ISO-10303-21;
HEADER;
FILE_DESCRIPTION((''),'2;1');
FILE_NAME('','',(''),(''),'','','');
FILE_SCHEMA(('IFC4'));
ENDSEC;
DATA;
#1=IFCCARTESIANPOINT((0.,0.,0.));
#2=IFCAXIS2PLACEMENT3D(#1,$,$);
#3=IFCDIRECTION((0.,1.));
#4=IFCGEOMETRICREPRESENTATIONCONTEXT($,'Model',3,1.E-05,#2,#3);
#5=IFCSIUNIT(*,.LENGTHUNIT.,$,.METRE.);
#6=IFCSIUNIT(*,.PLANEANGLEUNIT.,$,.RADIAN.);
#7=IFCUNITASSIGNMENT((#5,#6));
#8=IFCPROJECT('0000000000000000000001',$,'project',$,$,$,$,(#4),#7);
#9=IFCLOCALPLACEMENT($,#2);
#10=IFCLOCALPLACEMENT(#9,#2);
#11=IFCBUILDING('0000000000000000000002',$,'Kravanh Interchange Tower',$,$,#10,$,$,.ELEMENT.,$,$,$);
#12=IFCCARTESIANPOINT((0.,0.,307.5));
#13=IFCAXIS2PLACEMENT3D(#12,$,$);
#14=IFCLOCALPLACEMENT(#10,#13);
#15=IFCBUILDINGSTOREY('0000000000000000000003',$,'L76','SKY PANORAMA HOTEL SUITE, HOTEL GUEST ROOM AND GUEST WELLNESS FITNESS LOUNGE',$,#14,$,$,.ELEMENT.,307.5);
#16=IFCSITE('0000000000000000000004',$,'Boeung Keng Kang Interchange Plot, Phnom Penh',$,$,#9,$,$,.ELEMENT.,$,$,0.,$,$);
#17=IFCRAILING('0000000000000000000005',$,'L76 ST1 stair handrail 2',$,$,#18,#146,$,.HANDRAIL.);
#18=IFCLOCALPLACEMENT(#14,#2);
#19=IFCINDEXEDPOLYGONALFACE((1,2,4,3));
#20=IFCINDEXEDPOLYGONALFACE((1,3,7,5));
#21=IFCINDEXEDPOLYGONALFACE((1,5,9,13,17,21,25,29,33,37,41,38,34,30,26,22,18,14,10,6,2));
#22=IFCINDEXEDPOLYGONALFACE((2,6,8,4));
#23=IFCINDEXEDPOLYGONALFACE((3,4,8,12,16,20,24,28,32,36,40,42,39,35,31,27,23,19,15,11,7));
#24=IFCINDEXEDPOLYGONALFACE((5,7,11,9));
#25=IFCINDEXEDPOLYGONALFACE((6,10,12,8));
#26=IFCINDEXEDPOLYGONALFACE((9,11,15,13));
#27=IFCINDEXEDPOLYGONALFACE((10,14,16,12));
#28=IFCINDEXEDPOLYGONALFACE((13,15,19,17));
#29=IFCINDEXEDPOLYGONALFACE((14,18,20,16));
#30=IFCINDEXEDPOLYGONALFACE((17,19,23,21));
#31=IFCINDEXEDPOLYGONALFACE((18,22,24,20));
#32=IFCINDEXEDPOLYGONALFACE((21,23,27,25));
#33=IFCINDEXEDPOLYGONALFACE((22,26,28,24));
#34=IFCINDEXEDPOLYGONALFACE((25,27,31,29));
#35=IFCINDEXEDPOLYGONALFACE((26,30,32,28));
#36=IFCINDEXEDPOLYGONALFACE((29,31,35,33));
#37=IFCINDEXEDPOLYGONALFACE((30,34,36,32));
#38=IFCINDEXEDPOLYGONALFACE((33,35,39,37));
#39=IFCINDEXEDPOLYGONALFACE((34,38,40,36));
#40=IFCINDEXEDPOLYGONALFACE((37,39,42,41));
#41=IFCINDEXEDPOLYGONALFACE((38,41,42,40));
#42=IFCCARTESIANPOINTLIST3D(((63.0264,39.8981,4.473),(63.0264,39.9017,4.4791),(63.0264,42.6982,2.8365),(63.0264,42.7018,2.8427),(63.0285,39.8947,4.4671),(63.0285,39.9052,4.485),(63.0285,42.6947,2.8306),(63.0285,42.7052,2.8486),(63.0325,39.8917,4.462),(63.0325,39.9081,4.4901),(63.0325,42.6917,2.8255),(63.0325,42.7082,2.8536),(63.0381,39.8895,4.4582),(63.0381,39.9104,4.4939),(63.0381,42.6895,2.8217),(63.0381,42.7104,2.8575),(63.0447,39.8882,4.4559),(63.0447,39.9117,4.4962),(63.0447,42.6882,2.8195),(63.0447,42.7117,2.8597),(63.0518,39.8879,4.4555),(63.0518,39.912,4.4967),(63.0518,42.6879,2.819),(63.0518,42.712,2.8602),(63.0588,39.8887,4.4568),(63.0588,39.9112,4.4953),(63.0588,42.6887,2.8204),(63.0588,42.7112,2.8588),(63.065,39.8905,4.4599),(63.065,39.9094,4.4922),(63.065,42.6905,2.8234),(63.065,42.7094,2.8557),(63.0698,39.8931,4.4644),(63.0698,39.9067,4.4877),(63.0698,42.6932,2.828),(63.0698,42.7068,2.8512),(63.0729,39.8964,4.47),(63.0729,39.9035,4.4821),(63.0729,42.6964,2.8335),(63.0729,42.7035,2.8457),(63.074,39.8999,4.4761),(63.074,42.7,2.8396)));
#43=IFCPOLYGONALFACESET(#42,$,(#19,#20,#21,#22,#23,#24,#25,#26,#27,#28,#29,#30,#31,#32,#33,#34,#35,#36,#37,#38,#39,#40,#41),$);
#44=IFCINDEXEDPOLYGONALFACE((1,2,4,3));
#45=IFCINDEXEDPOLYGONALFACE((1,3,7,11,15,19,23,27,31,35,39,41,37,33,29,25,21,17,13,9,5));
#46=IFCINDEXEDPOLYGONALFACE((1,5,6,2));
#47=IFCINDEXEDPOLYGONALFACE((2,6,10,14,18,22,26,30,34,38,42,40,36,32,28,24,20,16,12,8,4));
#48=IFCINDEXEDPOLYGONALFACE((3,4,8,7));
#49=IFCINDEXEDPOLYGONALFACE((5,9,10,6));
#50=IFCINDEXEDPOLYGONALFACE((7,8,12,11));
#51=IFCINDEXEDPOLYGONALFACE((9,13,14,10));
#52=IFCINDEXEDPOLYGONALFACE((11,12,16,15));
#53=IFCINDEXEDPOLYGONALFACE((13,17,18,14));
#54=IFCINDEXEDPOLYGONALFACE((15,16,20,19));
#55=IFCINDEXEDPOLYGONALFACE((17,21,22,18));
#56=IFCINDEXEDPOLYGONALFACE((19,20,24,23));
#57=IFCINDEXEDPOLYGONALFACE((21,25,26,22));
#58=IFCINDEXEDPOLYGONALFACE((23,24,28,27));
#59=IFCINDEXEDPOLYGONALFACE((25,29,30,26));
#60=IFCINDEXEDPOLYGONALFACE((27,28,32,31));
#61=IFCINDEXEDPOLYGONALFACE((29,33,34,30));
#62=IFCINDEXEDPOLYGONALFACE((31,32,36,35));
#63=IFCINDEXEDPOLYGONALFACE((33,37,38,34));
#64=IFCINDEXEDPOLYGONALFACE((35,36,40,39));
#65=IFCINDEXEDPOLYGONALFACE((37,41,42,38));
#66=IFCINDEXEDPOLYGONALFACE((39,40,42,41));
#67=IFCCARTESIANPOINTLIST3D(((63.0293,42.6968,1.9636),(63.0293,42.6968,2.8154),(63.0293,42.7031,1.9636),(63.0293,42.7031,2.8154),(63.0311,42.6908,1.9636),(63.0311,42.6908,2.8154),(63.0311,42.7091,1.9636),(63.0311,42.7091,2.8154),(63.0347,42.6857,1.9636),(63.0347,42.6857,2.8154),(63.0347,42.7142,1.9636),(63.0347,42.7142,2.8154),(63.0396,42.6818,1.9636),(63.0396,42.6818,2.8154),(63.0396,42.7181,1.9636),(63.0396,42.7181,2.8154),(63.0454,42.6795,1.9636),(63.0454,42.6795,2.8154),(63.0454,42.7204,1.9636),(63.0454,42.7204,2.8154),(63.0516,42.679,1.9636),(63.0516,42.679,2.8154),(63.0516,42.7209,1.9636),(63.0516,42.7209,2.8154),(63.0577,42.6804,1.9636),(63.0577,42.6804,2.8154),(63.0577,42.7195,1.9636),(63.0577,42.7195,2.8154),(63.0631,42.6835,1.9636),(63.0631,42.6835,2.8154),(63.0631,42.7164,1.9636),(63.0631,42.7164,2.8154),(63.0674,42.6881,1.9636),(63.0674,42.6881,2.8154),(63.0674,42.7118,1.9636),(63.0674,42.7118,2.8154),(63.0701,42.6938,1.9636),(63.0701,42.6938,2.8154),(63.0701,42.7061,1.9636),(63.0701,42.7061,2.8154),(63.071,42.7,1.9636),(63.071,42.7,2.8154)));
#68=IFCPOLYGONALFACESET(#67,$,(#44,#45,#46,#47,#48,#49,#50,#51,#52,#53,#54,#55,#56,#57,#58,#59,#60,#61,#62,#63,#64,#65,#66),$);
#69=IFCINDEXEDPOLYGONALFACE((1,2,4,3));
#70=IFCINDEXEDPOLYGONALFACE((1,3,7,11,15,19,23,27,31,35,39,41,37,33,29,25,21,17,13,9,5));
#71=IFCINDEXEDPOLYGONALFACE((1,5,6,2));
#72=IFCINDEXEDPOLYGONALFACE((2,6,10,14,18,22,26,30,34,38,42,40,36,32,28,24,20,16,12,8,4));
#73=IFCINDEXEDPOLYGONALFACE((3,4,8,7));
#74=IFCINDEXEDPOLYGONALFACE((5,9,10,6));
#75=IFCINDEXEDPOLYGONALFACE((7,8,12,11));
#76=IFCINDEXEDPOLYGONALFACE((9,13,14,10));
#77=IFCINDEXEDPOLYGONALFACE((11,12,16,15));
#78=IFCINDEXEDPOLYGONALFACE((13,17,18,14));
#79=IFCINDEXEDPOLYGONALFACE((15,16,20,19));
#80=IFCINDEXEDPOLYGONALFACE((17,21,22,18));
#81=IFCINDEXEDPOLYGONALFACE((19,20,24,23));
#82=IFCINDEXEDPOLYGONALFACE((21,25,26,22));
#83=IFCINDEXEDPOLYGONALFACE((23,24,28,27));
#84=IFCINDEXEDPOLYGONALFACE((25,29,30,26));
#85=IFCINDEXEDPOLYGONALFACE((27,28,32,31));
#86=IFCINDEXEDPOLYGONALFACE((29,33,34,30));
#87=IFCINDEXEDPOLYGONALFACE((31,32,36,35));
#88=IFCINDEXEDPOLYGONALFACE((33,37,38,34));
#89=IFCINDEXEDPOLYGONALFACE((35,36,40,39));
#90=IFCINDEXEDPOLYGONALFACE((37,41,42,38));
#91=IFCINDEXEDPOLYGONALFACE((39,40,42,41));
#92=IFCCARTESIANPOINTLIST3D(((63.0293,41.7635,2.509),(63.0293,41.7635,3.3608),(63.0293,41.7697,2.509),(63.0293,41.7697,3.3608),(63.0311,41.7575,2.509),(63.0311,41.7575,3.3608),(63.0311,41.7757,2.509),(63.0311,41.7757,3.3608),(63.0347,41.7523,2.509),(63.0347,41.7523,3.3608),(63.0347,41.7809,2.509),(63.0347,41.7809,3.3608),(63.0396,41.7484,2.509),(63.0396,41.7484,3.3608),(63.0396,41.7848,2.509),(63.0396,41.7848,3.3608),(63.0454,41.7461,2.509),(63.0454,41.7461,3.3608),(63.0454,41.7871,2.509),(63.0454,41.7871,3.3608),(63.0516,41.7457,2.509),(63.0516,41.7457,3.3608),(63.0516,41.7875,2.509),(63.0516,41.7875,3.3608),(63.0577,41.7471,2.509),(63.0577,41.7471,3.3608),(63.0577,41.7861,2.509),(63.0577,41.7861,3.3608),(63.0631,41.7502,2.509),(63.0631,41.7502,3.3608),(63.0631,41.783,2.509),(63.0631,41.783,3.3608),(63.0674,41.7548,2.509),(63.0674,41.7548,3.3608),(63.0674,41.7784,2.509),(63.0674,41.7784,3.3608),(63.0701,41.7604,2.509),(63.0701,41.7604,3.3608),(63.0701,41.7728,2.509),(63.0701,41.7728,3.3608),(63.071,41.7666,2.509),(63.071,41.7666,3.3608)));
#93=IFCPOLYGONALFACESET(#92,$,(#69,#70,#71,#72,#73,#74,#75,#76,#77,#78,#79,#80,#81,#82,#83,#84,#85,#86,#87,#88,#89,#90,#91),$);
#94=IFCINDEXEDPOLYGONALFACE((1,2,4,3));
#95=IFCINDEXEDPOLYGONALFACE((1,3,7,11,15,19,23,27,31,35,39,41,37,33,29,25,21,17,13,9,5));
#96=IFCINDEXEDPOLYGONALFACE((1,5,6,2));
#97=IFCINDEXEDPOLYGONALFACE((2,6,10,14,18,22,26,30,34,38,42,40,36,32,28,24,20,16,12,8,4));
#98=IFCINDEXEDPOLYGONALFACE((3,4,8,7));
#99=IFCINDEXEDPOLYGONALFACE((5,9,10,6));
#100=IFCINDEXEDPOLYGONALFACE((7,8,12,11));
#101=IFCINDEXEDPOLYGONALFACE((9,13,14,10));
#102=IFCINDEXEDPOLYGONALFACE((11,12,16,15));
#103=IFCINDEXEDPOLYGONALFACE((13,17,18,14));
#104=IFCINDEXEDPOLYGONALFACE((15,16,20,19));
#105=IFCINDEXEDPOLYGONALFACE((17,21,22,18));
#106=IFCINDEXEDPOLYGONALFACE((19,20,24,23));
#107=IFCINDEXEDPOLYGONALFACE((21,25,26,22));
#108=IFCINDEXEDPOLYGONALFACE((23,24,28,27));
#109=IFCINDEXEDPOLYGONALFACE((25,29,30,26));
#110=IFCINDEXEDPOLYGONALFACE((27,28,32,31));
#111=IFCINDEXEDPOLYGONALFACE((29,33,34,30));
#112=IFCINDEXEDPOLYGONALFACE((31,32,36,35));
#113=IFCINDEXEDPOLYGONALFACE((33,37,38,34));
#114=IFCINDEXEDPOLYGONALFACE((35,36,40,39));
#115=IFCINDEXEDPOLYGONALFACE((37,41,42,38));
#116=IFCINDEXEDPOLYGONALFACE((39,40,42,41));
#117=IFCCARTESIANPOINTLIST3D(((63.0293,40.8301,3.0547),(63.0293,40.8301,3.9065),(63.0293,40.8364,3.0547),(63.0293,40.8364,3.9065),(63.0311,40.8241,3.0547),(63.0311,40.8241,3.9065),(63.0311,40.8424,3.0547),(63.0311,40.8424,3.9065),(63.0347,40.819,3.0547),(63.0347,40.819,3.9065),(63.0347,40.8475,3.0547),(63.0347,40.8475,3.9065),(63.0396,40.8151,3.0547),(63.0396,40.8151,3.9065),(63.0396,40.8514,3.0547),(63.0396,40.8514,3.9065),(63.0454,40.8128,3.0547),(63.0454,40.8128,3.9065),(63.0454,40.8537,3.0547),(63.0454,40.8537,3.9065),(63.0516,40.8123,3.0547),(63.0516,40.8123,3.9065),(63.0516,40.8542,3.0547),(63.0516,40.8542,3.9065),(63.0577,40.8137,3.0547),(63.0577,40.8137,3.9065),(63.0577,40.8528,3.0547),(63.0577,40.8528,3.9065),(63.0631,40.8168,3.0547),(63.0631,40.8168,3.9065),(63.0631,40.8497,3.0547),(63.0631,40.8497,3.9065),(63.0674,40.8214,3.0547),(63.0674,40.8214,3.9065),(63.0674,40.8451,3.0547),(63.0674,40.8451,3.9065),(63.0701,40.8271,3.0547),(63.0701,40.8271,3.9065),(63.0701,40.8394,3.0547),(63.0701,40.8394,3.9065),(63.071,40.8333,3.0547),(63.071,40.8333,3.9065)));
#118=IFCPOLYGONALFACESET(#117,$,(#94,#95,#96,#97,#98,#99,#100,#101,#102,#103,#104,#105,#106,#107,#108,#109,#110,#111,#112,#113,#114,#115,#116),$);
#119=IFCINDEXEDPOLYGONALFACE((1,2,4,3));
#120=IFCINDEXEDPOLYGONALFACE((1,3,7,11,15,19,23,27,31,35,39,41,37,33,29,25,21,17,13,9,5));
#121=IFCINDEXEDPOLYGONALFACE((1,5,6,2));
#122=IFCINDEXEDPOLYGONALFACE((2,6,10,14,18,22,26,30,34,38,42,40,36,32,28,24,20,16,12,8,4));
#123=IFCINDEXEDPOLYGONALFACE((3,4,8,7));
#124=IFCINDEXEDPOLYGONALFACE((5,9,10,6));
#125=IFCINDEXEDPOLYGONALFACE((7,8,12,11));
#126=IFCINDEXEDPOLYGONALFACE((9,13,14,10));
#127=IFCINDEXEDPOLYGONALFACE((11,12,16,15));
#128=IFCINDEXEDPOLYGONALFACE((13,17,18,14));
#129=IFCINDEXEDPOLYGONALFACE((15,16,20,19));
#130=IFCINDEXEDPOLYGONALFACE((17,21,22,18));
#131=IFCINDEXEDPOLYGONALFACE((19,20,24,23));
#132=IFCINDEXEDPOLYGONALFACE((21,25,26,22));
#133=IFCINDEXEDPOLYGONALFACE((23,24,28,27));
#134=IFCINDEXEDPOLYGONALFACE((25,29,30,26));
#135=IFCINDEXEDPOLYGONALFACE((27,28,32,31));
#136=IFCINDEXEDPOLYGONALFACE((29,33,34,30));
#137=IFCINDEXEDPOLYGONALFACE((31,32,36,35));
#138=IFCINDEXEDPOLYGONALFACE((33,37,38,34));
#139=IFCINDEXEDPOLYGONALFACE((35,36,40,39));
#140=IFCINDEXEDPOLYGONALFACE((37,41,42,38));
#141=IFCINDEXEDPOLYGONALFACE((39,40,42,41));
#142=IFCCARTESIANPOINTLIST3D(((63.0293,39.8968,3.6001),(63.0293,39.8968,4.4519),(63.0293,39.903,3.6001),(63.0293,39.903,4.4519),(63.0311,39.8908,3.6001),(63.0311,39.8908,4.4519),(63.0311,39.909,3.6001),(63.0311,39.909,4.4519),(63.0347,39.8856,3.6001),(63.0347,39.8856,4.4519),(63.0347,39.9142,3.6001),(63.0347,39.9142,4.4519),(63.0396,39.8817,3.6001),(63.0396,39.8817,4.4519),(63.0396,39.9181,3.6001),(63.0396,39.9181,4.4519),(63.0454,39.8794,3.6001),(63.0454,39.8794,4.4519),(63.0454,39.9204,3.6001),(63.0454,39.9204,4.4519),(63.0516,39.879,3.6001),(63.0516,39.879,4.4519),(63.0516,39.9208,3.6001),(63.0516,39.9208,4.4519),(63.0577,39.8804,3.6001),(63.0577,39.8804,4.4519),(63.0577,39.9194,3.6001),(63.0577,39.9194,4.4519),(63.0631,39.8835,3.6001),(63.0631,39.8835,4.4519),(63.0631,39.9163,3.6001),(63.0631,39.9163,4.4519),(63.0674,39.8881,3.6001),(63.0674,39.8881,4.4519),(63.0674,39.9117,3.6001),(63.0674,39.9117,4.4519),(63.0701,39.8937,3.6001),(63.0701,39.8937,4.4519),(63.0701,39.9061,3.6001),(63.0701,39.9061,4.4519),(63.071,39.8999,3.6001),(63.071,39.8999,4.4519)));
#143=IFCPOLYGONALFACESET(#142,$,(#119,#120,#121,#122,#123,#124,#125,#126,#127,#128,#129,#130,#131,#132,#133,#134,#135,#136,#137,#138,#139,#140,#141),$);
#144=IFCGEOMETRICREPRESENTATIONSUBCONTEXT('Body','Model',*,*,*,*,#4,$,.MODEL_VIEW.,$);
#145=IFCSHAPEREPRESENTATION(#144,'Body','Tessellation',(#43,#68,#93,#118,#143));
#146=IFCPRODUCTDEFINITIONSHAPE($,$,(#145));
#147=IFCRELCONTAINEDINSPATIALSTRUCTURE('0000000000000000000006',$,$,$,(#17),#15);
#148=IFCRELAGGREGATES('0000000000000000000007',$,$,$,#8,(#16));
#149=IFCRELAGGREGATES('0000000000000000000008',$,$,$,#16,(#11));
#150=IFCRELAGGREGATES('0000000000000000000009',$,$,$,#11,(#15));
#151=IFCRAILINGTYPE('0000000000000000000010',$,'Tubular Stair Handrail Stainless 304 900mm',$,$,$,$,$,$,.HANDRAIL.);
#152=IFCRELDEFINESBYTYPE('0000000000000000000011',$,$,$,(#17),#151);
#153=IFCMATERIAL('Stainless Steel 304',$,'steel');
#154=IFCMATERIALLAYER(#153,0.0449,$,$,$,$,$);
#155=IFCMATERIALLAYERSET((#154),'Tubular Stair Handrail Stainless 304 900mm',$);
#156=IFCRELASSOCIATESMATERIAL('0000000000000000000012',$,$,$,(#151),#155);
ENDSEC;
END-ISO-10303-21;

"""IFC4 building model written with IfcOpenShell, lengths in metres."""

from ifc_helpers import new_model, si_unit, direction, frame, origin, origin_2d, place, context, subcontext, project, spatial, circle, extrude, material, layer, layer_set, type_object, element, save


model = new_model("IFC4")

# Units and contexts
model_context = context("Model", 3, precision=1e-05, world=origin(), true_north=direction((0.0, 1.0)))
body_context = subcontext(model_context, "Body", "Model", "MODEL_VIEW")
ifc_project = project(units=[si_unit("LENGTHUNIT", "METRE"), si_unit("PLANEANGLEUNIT", "RADIAN")], contexts=[model_context])

# Site, building, storey
site_placement = place(None, origin())
site = spatial("IfcSite", under=ifc_project, at=site_placement, Name="Boeung Keng Kang Interchange Plot, Phnom Penh", CompositionType="ELEMENT", RefElevation=0.0)
building_placement = place(site_placement, origin())
building = spatial("IfcBuilding", under=site, at=building_placement, Name="Kravanh Interchange Tower", CompositionType="ELEMENT")
storey_placement = place(building_placement, frame((0.0, 0.0, 307.5)))
storey = spatial("IfcBuildingStorey", under=building, at=storey_placement, Name="L76", Description="SKY PANORAMA HOTEL SUITE, HOTEL GUEST ROOM AND GUEST WELLNESS FITNESS LOUNGE", CompositionType="ELEMENT", Elevation=307.5)

# Railing
ifc_material_1 = material(Name="Stainless Steel 304", Category="steel")
ifc_layer_1 = layer(ifc_material_1, 0.0449)
ifc_layer_set_1 = layer_set([ifc_layer_1], Name="Tubular Stair Handrail Stainless 304 900mm")
railing_type_1 = type_object("IfcRailingType", Name="Tubular Stair Handrail Stainless 304 900mm", PredefinedType="HANDRAIL", material=ifc_layer_set_1)
railing_1_placement = place(storey_placement, frame((63.05, 42.7, 1.9636)))
element("IfcRailing", 1, at=railing_1_placement, inside=storey, type_object=railing_type_1, Name="L76 ST1 stair handrail 2", PredefinedType="HANDRAIL", context=body_context, shape_type="SweptSolid", body=[
    extrude(circle(Radius=0.0239, at=origin_2d()), frame((0.0, 0.0, 0.876), z_axis=(0.0, -0.863361, 0.504587), x_axis=(1.0, 0.0, 0.0)), (0.0, 0.0, 1.0), 3.2432),
    extrude(circle(Radius=0.021, at=origin_2d()), origin(), (0.0, 0.0, 1.0), 0.8518),
    extrude(circle(Radius=0.021, at=origin_2d()), frame((0.0, -0.9333, 0.5454)), (0.0, 0.0, 1.0), 0.8518),
    extrude(circle(Radius=0.021, at=origin_2d()), frame((0.0, -1.8667, 1.0911)), (0.0, 0.0, 1.0), 0.8518),
    extrude(circle(Radius=0.021, at=origin_2d()), frame((0.0, -2.8, 1.6365)), (0.0, 0.0, 1.0), 0.8518),
])

save(model, "model.ifc")
